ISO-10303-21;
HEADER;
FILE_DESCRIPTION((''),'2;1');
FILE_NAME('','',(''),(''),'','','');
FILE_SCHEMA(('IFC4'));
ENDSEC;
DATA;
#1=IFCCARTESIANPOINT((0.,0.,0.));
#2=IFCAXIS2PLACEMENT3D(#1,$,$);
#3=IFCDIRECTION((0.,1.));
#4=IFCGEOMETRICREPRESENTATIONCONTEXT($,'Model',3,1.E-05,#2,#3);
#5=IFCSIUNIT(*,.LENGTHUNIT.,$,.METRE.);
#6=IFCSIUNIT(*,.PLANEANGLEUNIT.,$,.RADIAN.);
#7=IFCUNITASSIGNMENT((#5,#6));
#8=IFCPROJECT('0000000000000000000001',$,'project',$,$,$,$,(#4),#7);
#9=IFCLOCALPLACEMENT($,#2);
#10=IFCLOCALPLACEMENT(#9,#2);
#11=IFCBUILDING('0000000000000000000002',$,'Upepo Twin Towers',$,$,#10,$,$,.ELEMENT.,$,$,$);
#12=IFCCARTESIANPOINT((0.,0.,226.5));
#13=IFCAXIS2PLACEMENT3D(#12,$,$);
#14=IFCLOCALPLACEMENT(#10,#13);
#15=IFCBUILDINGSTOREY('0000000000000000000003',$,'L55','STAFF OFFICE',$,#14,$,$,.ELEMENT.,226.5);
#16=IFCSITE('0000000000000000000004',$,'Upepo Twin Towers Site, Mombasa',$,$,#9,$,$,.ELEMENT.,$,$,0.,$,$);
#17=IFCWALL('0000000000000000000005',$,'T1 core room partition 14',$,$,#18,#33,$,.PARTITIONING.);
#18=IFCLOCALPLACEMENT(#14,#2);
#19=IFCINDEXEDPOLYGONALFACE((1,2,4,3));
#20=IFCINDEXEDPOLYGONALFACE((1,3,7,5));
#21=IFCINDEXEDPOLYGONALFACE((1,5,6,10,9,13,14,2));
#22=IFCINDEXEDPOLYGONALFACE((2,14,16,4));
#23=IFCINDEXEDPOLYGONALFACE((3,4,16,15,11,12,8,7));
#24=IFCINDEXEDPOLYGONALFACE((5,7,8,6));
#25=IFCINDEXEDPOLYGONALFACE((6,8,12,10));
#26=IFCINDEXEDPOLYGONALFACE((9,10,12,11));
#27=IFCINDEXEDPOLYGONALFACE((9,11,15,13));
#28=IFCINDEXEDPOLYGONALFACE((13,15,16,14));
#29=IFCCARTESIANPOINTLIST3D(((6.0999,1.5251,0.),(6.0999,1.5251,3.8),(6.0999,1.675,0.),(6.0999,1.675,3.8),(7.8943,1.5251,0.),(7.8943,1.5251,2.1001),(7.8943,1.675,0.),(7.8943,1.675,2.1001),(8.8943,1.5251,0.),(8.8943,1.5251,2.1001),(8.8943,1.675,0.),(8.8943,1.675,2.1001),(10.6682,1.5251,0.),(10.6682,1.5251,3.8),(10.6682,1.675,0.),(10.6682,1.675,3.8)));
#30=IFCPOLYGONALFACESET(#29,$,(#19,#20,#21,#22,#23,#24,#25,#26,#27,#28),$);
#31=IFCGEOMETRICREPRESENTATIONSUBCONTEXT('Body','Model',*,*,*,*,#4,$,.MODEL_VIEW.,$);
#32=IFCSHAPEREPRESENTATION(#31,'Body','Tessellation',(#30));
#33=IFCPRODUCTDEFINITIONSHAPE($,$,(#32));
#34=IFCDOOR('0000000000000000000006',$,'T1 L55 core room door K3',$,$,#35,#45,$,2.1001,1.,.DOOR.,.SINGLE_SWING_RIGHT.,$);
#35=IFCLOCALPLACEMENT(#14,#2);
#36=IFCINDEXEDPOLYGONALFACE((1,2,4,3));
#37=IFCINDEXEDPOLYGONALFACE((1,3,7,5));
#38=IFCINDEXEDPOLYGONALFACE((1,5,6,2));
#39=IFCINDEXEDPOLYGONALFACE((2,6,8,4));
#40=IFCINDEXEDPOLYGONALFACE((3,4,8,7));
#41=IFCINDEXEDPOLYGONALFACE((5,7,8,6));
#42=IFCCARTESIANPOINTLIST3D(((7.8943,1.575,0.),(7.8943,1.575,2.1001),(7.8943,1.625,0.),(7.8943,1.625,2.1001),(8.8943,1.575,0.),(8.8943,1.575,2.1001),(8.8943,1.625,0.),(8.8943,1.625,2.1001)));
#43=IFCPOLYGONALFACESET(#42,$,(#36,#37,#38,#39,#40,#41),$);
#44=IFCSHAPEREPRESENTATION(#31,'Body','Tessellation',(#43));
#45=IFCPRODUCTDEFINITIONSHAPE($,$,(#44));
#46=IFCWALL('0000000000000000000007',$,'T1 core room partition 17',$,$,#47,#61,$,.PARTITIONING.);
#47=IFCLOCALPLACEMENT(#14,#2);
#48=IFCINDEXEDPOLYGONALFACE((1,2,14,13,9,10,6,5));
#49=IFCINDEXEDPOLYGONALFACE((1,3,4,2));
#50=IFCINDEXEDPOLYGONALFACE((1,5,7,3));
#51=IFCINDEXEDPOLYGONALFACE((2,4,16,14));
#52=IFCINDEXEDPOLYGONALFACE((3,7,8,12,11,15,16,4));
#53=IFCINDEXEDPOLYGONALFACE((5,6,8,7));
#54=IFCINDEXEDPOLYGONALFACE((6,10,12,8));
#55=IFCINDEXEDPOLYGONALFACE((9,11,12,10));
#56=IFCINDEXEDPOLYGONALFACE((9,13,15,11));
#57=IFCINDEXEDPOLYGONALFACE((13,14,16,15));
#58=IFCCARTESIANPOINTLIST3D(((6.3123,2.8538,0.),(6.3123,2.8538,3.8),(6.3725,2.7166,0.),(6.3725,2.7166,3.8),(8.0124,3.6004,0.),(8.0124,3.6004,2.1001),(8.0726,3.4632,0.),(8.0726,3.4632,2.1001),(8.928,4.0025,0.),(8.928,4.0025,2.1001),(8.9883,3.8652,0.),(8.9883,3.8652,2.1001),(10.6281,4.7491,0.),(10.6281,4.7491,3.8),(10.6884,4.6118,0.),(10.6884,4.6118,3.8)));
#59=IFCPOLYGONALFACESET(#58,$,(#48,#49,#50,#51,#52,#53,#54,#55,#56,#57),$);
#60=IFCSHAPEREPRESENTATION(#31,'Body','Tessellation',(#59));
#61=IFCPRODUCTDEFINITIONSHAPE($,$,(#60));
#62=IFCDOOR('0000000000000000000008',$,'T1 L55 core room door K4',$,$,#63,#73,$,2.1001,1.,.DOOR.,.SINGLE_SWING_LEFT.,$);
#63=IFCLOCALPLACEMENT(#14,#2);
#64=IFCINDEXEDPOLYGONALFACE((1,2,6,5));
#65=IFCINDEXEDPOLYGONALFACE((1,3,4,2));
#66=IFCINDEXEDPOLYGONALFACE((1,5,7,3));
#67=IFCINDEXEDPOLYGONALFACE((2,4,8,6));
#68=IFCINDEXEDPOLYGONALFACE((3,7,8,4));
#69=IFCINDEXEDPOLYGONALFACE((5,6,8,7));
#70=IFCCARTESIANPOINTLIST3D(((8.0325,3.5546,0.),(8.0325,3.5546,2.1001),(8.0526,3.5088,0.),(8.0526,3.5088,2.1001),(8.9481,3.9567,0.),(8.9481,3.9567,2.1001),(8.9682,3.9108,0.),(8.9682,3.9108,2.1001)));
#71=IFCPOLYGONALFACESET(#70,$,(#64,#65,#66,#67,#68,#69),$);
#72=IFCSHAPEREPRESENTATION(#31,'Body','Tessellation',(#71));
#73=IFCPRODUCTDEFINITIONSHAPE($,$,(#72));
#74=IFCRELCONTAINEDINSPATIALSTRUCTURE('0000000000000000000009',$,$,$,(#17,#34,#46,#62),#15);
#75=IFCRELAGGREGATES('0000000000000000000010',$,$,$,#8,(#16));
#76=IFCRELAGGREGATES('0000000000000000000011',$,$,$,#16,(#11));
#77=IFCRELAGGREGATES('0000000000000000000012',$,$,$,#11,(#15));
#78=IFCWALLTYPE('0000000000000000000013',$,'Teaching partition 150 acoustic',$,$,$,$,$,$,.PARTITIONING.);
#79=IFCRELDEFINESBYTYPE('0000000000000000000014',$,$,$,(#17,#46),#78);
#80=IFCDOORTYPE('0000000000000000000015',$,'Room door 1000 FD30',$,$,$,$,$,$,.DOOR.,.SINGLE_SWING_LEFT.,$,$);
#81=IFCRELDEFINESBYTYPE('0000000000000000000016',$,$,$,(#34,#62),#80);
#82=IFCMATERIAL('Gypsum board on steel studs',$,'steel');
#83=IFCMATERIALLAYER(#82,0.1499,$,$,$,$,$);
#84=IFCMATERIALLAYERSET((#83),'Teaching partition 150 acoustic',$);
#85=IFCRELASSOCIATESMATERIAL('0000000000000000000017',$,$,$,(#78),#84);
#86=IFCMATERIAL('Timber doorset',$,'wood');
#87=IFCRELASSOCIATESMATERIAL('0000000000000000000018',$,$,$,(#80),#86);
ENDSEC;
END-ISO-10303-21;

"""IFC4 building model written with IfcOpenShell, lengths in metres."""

from ifc_helpers import new_model, si_unit, direction, frame, frame_2d, origin, place, context, subcontext, project, spatial, rectangle, extrude, material, layer, layer_set, type_object, element, fill, save


model = new_model("IFC4")

# Units and contexts
model_context = context("Model", 3, precision=1e-05, world=origin(), true_north=direction((0.0, 1.0)))
body_context = subcontext(model_context, "Body", "Model", "MODEL_VIEW")
ifc_project = project(units=[si_unit("LENGTHUNIT", "METRE"), si_unit("PLANEANGLEUNIT", "RADIAN")], contexts=[model_context])

# Site, building, storey
site_placement = place(None, origin())
site = spatial("IfcSite", under=ifc_project, at=site_placement, Name="Upepo Twin Towers Site, Mombasa", CompositionType="ELEMENT", RefElevation=0.0)
building_placement = place(site_placement, origin())
building = spatial("IfcBuilding", under=site, at=building_placement, Name="Upepo Twin Towers", CompositionType="ELEMENT")
storey_placement = place(building_placement, frame((0.0, 0.0, 226.5)))
storey = spatial("IfcBuildingStorey", under=building, at=storey_placement, Name="L55", Description="STAFF OFFICE", CompositionType="ELEMENT", Elevation=226.5)

# Shared definitions
ifc_material_1 = material(Name="Gypsum board on steel studs", Category="steel")
ifc_layer_1 = layer(ifc_material_1, 0.1499)
ifc_layer_set_1 = layer_set([ifc_layer_1], Name="Teaching partition 150 acoustic")
wall_type_1 = type_object("IfcWallType", Name="Teaching partition 150 acoustic", PredefinedType="PARTITIONING", material=ifc_layer_set_1)

# Walls, openings, doors
wall_1_placement = place(storey_placement, frame((6.0999, 1.6001, 0.0), z_axis=(0.0, 0.0, 1.0), x_axis=(1.0, 0.0, 0.0)))
wall_1 = element("IfcWall", 1, at=wall_1_placement, inside=storey, type_object=wall_type_1, Name="T1 core room partition 14", PredefinedType="PARTITIONING", context=body_context, shape_type="SweptSolid", body=[
    extrude(rectangle(XDim=4.5684, YDim=0.1499, at=frame_2d((2.2842, 0.0))), origin(), (0.0, 0.0, 1.0), 3.8),
])
opening_1_placement = place(wall_1_placement, frame((1.7944, 0.0, 0.0)))
opening_1 = element("IfcOpeningElement", 2, at=opening_1_placement, cuts=wall_1, PredefinedType="OPENING", context=body_context, shape_type="SweptSolid", body=[
    extrude(rectangle(XDim=1.0, YDim=2.1001, at=frame_2d((0.5, 1.05))), frame((0.0, 0.085, 0.0), z_axis=(0.0, -1.0, 0.0), x_axis=(1.0, 0.0, 0.0)), (0.0, 0.0, 1.0), 0.1699),
])
ifc_material_2 = material(Name="Timber doorset", Category="wood")
door_type_1 = type_object("IfcDoorType", Name="Room door 1000 FD30", OperationType="SINGLE_SWING_LEFT", PredefinedType="DOOR", material=ifc_material_2)
door_1_placement = place(opening_1_placement, origin())
door_1 = element("IfcDoor", 3, at=door_1_placement, inside=storey, type_object=door_type_1, Name="T1 L55 core room door K3", OperationType="SINGLE_SWING_RIGHT", OverallHeight=2.1001, OverallWidth=1.0, PredefinedType="DOOR", context=body_context, shape_type="SweptSolid", body=[
    extrude(rectangle(XDim=1.0, YDim=2.1001, at=frame_2d((0.5, 1.05))), frame((0.0, 0.0249, 0.0), z_axis=(0.0, -1.0, 0.0), x_axis=(1.0, 0.0, 0.0)), (0.0, 0.0, 1.0), 0.05),
])
fill(opening_1, door_1)
wall_2_placement = place(storey_placement, frame((6.3423, 2.7852, 0.0), z_axis=(0.0, 0.0, 1.0), x_axis=(0.915607, 0.402074, 0.0)))
wall_2 = element("IfcWall", 4, at=wall_2_placement, inside=storey, type_object=wall_type_1, Name="T1 core room partition 17", PredefinedType="PARTITIONING", context=body_context, shape_type="SweptSolid", body=[
    extrude(rectangle(XDim=4.7136, YDim=0.1499, at=frame_2d((2.3569, 0.0))), origin(), (0.0, 0.0, 1.0), 3.8),
])
opening_2_placement = place(wall_2_placement, frame((1.8569, 0.0, 0.0)))
opening_2 = element("IfcOpeningElement", 5, at=opening_2_placement, cuts=wall_2, PredefinedType="OPENING", context=body_context, shape_type="SweptSolid", body=[
    extrude(rectangle(XDim=1.0, YDim=2.1001, at=frame_2d((0.5, 1.05))), frame((0.0, 0.085, 0.0), z_axis=(0.0, -1.0, 0.0), x_axis=(1.0, 0.0, 0.0)), (0.0, 0.0, 1.0), 0.1699),
])
door_2_placement = place(opening_2_placement, origin())
door_2 = element("IfcDoor", 6, at=door_2_placement, inside=storey, type_object=door_type_1, Name="T1 L55 core room door K4", OperationType="SINGLE_SWING_LEFT", OverallHeight=2.1001, OverallWidth=1.0, PredefinedType="DOOR", context=body_context, shape_type="SweptSolid", body=[
    extrude(rectangle(XDim=1.0, YDim=2.1001, at=frame_2d((0.5, 1.05))), frame((0.0, 0.0249, 0.0), z_axis=(0.0, -1.0, 0.0), x_axis=(1.0, 0.0, 0.0)), (0.0, 0.0, 1.0), 0.05),
])
fill(opening_2, door_2)

save(model, "model.ifc")
